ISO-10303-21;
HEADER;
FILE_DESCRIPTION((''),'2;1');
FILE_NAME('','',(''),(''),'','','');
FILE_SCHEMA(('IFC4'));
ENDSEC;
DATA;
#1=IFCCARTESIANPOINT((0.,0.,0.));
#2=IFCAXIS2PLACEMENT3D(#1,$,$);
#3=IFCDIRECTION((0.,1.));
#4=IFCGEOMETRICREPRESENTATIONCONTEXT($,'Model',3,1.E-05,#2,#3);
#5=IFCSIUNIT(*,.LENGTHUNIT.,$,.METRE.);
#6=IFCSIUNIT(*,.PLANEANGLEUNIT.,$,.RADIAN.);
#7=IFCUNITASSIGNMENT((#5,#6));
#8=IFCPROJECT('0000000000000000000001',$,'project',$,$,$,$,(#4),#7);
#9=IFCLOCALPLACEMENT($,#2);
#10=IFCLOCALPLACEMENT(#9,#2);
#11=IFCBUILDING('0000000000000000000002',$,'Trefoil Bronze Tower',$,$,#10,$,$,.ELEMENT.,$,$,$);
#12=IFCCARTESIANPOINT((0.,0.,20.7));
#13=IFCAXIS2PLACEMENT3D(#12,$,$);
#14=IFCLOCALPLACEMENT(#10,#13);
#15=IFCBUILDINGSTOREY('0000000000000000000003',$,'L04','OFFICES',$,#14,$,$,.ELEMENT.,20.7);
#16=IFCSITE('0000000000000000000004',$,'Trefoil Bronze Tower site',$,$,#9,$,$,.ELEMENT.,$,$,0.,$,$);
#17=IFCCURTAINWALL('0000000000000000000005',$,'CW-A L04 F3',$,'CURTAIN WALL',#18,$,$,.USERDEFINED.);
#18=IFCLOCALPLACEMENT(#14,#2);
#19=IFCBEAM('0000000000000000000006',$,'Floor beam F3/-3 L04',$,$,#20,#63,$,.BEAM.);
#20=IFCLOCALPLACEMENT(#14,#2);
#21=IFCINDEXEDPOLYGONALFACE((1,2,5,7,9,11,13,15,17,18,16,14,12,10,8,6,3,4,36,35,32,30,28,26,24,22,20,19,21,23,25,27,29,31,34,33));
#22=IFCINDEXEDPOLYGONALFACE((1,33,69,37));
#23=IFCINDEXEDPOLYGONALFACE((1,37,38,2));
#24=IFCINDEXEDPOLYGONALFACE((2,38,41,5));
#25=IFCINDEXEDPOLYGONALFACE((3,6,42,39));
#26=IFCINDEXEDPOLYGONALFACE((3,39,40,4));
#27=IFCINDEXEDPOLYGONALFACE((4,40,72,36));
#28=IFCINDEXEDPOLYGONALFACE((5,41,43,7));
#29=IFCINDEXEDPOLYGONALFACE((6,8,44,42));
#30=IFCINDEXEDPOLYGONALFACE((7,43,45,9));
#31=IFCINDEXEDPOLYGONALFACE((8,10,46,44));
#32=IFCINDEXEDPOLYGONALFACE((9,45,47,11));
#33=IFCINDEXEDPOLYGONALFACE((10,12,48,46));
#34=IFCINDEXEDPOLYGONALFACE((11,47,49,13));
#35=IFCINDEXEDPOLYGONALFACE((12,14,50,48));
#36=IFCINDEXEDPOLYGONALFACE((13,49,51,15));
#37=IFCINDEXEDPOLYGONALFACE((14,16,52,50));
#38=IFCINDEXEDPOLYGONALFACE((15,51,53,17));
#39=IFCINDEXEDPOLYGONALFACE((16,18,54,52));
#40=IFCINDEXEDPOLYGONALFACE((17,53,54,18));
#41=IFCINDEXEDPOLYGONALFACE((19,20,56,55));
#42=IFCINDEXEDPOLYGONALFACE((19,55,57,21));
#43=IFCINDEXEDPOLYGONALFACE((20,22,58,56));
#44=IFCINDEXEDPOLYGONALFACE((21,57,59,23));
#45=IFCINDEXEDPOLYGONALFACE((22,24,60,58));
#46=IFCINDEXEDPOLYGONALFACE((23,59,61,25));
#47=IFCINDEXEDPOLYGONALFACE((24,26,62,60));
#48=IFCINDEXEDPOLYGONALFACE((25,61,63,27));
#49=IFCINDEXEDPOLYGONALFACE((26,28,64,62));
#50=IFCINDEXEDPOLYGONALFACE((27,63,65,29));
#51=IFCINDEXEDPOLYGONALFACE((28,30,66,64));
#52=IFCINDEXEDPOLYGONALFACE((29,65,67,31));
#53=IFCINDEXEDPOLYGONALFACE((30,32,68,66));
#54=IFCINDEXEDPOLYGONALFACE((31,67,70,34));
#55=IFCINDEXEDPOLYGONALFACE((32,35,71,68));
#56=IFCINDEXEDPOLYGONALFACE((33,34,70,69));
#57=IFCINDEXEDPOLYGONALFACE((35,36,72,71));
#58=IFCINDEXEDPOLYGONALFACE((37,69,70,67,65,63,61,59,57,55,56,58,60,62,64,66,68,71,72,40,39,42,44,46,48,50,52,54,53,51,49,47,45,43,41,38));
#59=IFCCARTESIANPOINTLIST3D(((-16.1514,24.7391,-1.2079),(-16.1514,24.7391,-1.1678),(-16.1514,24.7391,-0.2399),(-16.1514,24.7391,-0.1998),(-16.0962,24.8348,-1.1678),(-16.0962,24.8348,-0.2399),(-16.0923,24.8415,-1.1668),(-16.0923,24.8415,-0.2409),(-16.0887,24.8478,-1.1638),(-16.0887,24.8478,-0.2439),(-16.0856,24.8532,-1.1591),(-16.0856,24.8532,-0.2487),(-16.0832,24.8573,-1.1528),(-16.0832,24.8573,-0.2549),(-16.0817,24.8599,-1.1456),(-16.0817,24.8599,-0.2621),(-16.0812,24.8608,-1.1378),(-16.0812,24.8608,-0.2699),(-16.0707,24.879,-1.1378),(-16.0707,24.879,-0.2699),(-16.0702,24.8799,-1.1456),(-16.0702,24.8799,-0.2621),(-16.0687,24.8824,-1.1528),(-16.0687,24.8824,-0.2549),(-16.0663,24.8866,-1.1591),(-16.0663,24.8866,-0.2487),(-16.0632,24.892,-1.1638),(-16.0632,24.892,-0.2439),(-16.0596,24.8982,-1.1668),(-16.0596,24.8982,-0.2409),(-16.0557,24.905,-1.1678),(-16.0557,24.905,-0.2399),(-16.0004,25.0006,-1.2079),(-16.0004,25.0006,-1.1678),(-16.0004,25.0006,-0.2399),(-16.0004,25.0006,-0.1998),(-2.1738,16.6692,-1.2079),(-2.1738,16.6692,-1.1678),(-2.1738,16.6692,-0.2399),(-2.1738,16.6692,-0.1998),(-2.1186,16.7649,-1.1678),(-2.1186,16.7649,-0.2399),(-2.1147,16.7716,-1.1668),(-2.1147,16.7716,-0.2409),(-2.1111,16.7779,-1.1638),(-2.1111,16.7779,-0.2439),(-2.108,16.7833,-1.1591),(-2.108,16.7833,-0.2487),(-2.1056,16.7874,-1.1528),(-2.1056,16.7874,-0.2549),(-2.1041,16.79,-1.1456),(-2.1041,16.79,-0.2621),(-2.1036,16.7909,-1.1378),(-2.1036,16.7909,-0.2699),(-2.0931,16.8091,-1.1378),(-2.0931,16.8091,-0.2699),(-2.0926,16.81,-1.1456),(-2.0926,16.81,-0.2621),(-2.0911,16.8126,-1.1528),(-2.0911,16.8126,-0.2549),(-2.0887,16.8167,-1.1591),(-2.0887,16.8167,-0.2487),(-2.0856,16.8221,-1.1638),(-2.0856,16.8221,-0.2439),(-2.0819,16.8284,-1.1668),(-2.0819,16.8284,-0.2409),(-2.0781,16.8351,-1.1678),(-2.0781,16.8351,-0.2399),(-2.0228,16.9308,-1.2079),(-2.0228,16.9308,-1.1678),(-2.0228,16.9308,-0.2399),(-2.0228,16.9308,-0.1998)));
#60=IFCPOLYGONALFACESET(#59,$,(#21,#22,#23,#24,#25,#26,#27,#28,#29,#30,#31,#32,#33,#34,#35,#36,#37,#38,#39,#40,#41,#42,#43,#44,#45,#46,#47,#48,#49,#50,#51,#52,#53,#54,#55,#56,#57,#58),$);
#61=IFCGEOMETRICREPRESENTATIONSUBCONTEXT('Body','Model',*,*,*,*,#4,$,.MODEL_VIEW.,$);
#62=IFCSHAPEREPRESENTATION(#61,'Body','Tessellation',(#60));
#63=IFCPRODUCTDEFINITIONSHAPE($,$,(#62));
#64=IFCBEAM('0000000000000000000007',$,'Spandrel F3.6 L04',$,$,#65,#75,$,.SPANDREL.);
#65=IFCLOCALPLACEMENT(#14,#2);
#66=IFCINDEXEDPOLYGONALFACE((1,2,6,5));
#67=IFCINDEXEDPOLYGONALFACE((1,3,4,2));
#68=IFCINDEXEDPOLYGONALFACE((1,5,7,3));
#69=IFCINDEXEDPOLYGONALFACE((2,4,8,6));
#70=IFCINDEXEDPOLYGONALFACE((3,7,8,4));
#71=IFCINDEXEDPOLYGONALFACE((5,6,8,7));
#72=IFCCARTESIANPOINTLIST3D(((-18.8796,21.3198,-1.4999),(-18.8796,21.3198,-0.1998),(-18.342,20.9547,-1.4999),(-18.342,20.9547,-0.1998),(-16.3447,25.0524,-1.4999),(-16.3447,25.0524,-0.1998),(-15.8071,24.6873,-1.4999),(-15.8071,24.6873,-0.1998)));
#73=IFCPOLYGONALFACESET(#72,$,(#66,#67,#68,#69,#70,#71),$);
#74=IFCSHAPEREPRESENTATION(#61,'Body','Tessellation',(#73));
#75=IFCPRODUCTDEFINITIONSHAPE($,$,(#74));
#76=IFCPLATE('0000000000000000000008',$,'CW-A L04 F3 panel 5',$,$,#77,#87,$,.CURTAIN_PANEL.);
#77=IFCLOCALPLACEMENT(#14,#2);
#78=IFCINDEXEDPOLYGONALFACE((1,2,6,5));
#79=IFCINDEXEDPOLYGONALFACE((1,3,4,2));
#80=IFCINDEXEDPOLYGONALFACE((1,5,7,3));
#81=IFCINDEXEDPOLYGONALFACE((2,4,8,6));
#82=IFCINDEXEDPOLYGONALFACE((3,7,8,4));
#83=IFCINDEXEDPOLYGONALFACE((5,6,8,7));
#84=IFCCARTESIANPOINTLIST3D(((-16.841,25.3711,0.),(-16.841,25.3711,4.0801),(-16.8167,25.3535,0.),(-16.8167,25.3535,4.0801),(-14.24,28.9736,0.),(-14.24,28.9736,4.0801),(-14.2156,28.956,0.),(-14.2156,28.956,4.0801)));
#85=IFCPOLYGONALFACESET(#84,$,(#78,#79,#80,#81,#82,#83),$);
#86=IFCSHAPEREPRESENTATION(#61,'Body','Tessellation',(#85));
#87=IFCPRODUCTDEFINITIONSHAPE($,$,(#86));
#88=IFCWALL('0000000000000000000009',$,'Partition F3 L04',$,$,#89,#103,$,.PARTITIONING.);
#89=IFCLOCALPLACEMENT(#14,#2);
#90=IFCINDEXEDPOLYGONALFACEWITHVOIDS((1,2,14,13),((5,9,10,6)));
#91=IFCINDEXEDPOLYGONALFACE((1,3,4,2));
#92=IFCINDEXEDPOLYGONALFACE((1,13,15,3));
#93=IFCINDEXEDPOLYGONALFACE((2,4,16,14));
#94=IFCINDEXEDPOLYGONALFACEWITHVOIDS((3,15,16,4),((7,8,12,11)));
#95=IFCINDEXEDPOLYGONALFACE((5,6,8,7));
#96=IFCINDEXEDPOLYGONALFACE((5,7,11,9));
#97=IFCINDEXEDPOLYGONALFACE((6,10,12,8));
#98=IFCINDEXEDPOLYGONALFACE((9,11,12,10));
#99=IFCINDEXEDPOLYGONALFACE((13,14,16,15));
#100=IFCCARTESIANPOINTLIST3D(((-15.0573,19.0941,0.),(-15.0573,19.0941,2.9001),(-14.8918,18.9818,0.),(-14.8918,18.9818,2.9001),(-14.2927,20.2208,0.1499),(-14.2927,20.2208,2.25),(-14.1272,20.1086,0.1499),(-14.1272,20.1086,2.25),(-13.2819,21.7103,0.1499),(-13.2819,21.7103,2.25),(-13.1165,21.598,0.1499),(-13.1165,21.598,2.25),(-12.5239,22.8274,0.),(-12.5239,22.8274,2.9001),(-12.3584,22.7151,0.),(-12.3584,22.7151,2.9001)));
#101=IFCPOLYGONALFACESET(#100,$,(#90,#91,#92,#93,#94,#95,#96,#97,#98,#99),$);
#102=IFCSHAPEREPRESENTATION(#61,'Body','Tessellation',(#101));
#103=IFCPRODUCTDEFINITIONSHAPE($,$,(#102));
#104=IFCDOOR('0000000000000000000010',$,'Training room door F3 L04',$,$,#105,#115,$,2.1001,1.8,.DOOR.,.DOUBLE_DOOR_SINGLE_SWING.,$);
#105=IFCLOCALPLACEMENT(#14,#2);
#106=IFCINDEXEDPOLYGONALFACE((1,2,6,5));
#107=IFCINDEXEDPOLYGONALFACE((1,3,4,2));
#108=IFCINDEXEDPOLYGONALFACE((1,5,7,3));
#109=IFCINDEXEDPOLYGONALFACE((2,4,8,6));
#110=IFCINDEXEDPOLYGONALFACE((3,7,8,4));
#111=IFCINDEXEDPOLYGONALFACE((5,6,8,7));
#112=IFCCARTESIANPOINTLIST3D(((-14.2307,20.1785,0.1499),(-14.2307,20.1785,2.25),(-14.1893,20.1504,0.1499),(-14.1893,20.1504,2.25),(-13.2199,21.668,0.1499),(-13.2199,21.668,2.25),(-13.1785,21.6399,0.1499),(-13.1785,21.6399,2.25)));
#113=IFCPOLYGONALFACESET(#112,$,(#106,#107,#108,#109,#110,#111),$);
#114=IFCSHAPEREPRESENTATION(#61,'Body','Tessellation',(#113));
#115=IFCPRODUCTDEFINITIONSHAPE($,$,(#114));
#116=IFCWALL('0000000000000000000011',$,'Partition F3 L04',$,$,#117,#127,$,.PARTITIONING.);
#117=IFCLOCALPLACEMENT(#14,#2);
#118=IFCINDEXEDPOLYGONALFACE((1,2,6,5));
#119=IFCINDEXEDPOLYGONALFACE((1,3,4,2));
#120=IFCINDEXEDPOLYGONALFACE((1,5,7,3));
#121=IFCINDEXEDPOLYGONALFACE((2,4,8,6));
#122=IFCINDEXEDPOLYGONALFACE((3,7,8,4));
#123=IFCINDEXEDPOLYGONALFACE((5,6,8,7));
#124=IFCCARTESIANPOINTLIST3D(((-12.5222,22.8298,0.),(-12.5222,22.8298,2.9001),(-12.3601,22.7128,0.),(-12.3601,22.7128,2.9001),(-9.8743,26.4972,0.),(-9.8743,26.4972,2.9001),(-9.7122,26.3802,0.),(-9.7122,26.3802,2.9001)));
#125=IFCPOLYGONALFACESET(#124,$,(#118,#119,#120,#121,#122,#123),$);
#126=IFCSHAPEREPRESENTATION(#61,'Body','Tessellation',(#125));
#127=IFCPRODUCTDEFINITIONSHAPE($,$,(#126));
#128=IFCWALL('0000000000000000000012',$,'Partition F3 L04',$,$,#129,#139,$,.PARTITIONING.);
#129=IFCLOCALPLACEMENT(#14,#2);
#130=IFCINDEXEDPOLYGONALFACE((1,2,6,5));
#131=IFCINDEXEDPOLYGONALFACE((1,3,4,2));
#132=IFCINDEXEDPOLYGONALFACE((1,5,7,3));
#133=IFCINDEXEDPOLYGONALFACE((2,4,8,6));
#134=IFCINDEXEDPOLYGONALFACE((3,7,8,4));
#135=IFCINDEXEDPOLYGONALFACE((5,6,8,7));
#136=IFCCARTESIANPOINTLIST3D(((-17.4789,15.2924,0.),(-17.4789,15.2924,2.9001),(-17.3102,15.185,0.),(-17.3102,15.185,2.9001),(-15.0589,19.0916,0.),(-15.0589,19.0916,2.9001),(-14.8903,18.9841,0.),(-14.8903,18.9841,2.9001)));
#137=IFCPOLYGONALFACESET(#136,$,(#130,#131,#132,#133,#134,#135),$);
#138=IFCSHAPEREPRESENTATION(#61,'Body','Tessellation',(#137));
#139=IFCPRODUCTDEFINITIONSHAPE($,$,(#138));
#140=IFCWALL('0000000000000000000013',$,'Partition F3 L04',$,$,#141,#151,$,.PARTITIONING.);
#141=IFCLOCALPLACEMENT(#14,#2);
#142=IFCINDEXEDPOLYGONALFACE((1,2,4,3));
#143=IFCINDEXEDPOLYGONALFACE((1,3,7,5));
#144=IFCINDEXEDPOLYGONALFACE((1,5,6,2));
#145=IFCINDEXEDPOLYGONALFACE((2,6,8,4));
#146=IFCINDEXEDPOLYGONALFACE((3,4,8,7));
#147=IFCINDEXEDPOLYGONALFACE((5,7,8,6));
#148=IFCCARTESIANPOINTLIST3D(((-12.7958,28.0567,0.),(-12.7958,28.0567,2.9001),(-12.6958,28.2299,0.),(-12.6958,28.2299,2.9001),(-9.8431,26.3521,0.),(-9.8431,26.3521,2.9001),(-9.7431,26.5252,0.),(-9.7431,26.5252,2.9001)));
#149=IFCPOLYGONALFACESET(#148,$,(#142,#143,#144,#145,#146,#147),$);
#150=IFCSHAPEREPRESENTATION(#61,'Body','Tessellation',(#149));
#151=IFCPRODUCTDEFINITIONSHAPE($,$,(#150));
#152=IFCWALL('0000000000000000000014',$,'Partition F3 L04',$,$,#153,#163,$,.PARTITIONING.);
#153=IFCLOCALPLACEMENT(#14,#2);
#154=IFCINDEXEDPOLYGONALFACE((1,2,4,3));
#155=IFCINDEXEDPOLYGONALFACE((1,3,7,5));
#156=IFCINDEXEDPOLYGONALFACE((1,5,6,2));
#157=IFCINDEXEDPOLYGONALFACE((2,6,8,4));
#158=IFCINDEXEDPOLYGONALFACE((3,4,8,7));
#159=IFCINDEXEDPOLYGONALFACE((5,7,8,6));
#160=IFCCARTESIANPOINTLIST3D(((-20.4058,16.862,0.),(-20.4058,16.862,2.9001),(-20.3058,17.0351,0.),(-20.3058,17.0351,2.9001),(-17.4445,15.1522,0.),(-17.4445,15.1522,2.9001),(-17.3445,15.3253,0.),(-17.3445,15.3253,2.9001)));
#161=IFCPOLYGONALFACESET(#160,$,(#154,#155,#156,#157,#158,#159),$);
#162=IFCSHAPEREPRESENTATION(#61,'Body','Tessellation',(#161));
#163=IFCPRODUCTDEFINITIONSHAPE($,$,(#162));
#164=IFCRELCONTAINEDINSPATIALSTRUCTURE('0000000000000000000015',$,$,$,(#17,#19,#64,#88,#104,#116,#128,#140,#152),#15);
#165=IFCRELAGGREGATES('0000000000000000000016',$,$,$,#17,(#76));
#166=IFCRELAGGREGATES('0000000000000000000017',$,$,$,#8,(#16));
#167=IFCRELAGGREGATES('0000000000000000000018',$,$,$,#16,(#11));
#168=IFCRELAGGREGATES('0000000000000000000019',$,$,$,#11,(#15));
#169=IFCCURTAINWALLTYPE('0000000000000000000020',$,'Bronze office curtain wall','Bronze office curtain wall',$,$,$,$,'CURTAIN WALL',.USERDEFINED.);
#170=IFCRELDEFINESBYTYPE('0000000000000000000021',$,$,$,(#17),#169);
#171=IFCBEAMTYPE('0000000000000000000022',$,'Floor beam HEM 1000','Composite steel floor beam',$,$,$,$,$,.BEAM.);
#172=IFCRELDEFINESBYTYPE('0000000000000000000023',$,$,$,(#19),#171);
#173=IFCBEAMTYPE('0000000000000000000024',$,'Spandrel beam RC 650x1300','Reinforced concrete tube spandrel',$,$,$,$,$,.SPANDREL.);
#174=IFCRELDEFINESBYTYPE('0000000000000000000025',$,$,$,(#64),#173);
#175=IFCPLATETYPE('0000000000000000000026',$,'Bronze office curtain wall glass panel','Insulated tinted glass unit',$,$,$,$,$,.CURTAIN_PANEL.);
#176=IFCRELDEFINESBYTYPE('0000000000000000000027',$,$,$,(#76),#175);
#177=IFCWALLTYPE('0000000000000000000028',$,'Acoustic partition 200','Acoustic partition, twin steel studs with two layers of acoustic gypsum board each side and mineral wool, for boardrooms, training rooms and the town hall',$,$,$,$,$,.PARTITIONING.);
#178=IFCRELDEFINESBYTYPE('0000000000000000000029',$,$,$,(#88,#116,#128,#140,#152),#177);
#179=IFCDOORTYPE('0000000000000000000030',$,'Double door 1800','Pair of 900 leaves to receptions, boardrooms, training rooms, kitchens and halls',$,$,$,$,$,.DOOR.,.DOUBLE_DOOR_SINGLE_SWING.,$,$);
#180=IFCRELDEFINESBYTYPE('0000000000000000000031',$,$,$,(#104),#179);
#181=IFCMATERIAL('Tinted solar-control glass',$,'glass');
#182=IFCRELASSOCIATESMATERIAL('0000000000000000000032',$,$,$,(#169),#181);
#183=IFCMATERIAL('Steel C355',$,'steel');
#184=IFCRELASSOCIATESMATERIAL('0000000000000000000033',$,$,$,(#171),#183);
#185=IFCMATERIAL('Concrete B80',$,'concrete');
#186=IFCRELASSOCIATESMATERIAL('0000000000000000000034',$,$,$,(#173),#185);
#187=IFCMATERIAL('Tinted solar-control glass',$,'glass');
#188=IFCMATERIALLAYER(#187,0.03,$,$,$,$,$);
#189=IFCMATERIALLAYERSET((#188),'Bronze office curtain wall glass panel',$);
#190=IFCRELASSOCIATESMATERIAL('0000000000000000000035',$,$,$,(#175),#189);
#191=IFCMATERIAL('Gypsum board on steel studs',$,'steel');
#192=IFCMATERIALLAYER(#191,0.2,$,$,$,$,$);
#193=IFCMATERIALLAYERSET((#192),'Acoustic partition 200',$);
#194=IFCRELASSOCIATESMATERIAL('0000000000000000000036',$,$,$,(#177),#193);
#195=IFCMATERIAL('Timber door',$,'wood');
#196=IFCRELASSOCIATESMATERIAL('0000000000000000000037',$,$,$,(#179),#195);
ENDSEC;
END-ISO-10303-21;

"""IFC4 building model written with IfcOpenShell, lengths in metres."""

from ifc_helpers import new_model, si_unit, direction, frame, frame_2d, origin, origin_2d, place, context, subcontext, project, spatial, rectangle, i_section, extrude, material, layer, layer_set, material_profile, profile_set, type_object, element, fill, aggregate, save


model = new_model("IFC4")

# Units and contexts
model_context = context("Model", 3, precision=1e-05, world=origin(), true_north=direction((0.0, 1.0)))
body_context = subcontext(model_context, "Body", "Model", "MODEL_VIEW")
ifc_project = project(units=[si_unit("LENGTHUNIT", "METRE"), si_unit("PLANEANGLEUNIT", "RADIAN")], contexts=[model_context])

# Site, building, storey
site_placement = place(None, origin())
site = spatial("IfcSite", under=ifc_project, at=site_placement, Name="Trefoil Bronze Tower site", CompositionType="ELEMENT", RefElevation=0.0)
building_placement = place(site_placement, origin())
building = spatial("IfcBuilding", under=site, at=building_placement, Name="Trefoil Bronze Tower", CompositionType="ELEMENT")
storey_placement = place(building_placement, frame((0.0, 0.0, 20.7)))
storey = spatial("IfcBuildingStorey", under=building, at=storey_placement, Name="L04", Description="OFFICES", CompositionType="ELEMENT", Elevation=20.7)

# Curtain wall
ifc_material_1 = material(Name="Tinted solar-control glass", Category="glass")
curtain_wall_type = type_object("IfcCurtainWallType", Name="Bronze office curtain wall", Description="Bronze office curtain wall", ElementType="CURTAIN WALL", PredefinedType="USERDEFINED", material=ifc_material_1)
curtain_wall_placement = place(storey_placement, origin())
curtain_wall = element("IfcCurtainWall", 1, at=curtain_wall_placement, inside=storey, type_object=curtain_wall_type, Name="CW-A L04 F3", ObjectType="CURTAIN WALL", PredefinedType="USERDEFINED")

# Beams
ifc_material_2 = material(Name="Steel C355", Category="steel")
ifc_material_profile_1 = material_profile(ifc_material_2, i_section(OverallWidth=0.302, OverallDepth=1.0081, WebThickness=0.021, FlangeThickness=0.04, FilletRadius=0.03, at=origin_2d()), Name="HEM 1000")
ifc_profile_set_1 = profile_set([ifc_material_profile_1], Name="Steel C355")
beam_type_1 = type_object("IfcBeamType", Name="Floor beam HEM 1000", Description="Composite steel floor beam", PredefinedType="BEAM", material=ifc_profile_set_1)
beam_1_placement = place(storey_placement, frame((-16.0759, 24.8699, -0.7039), z_axis=(0.866028, -0.499995, 0.0), x_axis=(0.499995, 0.866028, 0.0)))
element("IfcBeam", 2, at=beam_1_placement, inside=storey, type_object=beam_type_1, Name="Floor beam F3/-3 L04", PredefinedType="BEAM", context=body_context, shape_type="SweptSolid", body=[
    extrude(i_section(OverallWidth=0.302, OverallDepth=1.0081, WebThickness=0.021, FlangeThickness=0.04, FilletRadius=0.03, at=origin_2d()), origin(), (0.0, 0.0, 1.0), 16.1399),
])
ifc_material_3 = material(Name="Concrete B80", Category="concrete")
ifc_material_profile_2 = material_profile(ifc_material_3, rectangle(XDim=0.6499, YDim=1.3, at=origin_2d()), Name="RC 650x1300")
ifc_profile_set_2 = profile_set([ifc_material_profile_2], Name="Concrete B80")
beam_type_2 = type_object("IfcBeamType", Name="Spandrel beam RC 650x1300", Description="Reinforced concrete tube spandrel", PredefinedType="SPANDREL", material=ifc_profile_set_2)
beam_2_placement = place(storey_placement, frame((-16.0759, 24.8699, -0.8499), z_axis=(-0.56181, -0.827267, 0.0), x_axis=(0.827267, -0.56181, 0.0)))
element("IfcBeam", 3, at=beam_2_placement, inside=storey, type_object=beam_type_2, Name="Spandrel F3.6 L04", PredefinedType="SPANDREL", context=body_context, shape_type="SweptSolid", body=[
    extrude(rectangle(XDim=0.6499, YDim=1.3, at=origin_2d()), origin(), (0.0, 0.0, 1.0), 4.512),
])

# Plate
ifc_material_4 = material(Name="Tinted solar-control glass", Category="glass")
ifc_layer_1 = layer(ifc_material_4, 0.03)
ifc_layer_set_1 = layer_set([ifc_layer_1], Name="Bronze office curtain wall glass panel")
plate_type = type_object("IfcPlateType", Name="Bronze office curtain wall glass panel", Description="Insulated tinted glass unit", PredefinedType="CURTAIN_PANEL", material=ifc_layer_set_1)
plate_placement = place(storey_placement, frame((-15.5283, 27.1636, 0.0), z_axis=(0.0, 0.0, 1.0), x_axis=(-0.585373, -0.810764, 0.0)))
plate = element("IfcPlate", 4, at=plate_placement, type_object=plate_type, Name="CW-A L04 F3 panel 5", PredefinedType="CURTAIN_PANEL", context=body_context, shape_type="SweptSolid", body=[
    extrude(rectangle(XDim=4.4434, YDim=0.03, at=origin_2d()), origin(), (0.0, 0.0, 1.0), 4.0801),
])
aggregate(curtain_wall, [plate])

# Wall, opening, door
ifc_material_5 = material(Name="Gypsum board on steel studs", Category="steel")
ifc_layer_2 = layer(ifc_material_5, 0.2)
ifc_layer_set_2 = layer_set([ifc_layer_2], Name="Acoustic partition 200")
wall_type_1 = type_object("IfcWallType", Name="Acoustic partition 200", Description="Acoustic partition, twin steel studs with two layers of acoustic gypsum board each side and mineral wool, for boardrooms, training rooms and the town hall", PredefinedType="PARTITIONING", material=ifc_layer_set_2)
wall_1_placement = place(storey_placement, frame((-12.4412, 22.7712, 0.0), z_axis=(0.0, 0.0, 1.0), x_axis=(-0.561512, -0.827469, 0.0)))
wall_1 = element("IfcWall", 5, at=wall_1_placement, inside=storey, type_object=wall_type_1, Name="Partition F3 L04", PredefinedType="PARTITIONING", context=body_context, shape_type="SweptSolid", body=[
    extrude(rectangle(XDim=4.5117, YDim=0.2, at=frame_2d((2.2559, 0.0))), origin(), (0.0, 0.0, 1.0), 2.9001),
])
opening_1_placement = place(wall_1_placement, frame((1.3501, 0.0, 0.1499)))
opening_1 = element("IfcOpeningElement", 6, at=opening_1_placement, cuts=wall_1, PredefinedType="OPENING", context=body_context, shape_type="SweptSolid", body=[
    extrude(rectangle(XDim=1.8, YDim=2.1001, at=frame_2d((0.8999, 1.05))), frame((0.0, 0.1099, 0.0), z_axis=(0.0, -1.0, 0.0), x_axis=(1.0, 0.0, 0.0)), (0.0, 0.0, 1.0), 0.22),
])
ifc_material_6 = material(Name="Timber door", Category="wood")
door_type_1 = type_object("IfcDoorType", Name="Double door 1800", Description="Pair of 900 leaves to receptions, boardrooms, training rooms, kitchens and halls", OperationType="DOUBLE_DOOR_SINGLE_SWING", PredefinedType="DOOR", material=ifc_material_6)
door_1_placement = place(opening_1_placement, frame((1.8, 0.0, 0.0), z_axis=(0.0, 0.0, 1.0), x_axis=(-1.0, 0.0, 0.0)))
door_1 = element("IfcDoor", 7, at=door_1_placement, inside=storey, type_object=door_type_1, Name="Training room door F3 L04", OperationType="DOUBLE_DOOR_SINGLE_SWING", OverallHeight=2.1001, OverallWidth=1.8, PredefinedType="DOOR", context=body_context, shape_type="SweptSolid", body=[
    extrude(rectangle(XDim=1.8, YDim=2.1001, at=frame_2d((0.8999, 1.05))), frame((0.0, 0.0249, 0.0), z_axis=(0.0, -1.0, 0.0), x_axis=(1.0, 0.0, 0.0)), (0.0, 0.0, 1.0), 0.05),
])
fill(opening_1, door_1)

# Walls
wall_2_placement = place(storey_placement, frame((-9.7932, 26.4387, 0.0), z_axis=(0.0, 0.0, 1.0), x_axis=(-0.585376, -0.810762, 0.0)))
element("IfcWall", 8, at=wall_2_placement, inside=storey, type_object=wall_type_1, Name="Partition F3 L04", PredefinedType="PARTITIONING", context=body_context, shape_type="SweptSolid", body=[
    extrude(rectangle(XDim=4.5234, YDim=0.2, at=frame_2d((2.2617, 0.0))), origin(), (0.0, 0.0, 1.0), 2.9001),
])
wall_3_placement = place(storey_placement, frame((-14.9746, 19.0378, 0.0), z_axis=(0.0, 0.0, 1.0), x_axis=(-0.537244, -0.843427, 0.0)))
element("IfcWall", 9, at=wall_3_placement, inside=storey, type_object=wall_type_1, Name="Partition F3 L04", PredefinedType="PARTITIONING", context=body_context, shape_type="SweptSolid", body=[
    extrude(rectangle(XDim=4.5044, YDim=0.2, at=frame_2d((2.2522, 0.0))), origin(), (0.0, 0.0, 1.0), 2.9001),
])
wall_4_placement = place(storey_placement, frame((-9.7932, 26.4387, 0.0), z_axis=(0.0, 0.0, 1.0), x_axis=(-0.86604, 0.499975, 0.0)))
element("IfcWall", 10, at=wall_4_placement, inside=storey, type_object=wall_type_1, Name="Partition F3 L04", PredefinedType="PARTITIONING", context=body_context, shape_type="SweptSolid", body=[
    extrude(rectangle(XDim=3.4094, YDim=0.2, at=frame_2d((1.7046, 0.0))), origin(), (0.0, 0.0, 1.0), 2.9001),
])
wall_5_placement = place(storey_placement, frame((-17.3945, 15.2388, 0.0), z_axis=(0.0, 0.0, 1.0), x_axis=(-0.866016, 0.500017, 0.0)))
element("IfcWall", 11, at=wall_5_placement, inside=storey, type_object=wall_type_1, Name="Partition F3 L04", PredefinedType="PARTITIONING", context=body_context, shape_type="SweptSolid", body=[
    extrude(rectangle(XDim=3.4194, YDim=0.2, at=frame_2d((1.7097, 0.0))), origin(), (0.0, 0.0, 1.0), 2.9001),
])

save(model, "model.ifc")
